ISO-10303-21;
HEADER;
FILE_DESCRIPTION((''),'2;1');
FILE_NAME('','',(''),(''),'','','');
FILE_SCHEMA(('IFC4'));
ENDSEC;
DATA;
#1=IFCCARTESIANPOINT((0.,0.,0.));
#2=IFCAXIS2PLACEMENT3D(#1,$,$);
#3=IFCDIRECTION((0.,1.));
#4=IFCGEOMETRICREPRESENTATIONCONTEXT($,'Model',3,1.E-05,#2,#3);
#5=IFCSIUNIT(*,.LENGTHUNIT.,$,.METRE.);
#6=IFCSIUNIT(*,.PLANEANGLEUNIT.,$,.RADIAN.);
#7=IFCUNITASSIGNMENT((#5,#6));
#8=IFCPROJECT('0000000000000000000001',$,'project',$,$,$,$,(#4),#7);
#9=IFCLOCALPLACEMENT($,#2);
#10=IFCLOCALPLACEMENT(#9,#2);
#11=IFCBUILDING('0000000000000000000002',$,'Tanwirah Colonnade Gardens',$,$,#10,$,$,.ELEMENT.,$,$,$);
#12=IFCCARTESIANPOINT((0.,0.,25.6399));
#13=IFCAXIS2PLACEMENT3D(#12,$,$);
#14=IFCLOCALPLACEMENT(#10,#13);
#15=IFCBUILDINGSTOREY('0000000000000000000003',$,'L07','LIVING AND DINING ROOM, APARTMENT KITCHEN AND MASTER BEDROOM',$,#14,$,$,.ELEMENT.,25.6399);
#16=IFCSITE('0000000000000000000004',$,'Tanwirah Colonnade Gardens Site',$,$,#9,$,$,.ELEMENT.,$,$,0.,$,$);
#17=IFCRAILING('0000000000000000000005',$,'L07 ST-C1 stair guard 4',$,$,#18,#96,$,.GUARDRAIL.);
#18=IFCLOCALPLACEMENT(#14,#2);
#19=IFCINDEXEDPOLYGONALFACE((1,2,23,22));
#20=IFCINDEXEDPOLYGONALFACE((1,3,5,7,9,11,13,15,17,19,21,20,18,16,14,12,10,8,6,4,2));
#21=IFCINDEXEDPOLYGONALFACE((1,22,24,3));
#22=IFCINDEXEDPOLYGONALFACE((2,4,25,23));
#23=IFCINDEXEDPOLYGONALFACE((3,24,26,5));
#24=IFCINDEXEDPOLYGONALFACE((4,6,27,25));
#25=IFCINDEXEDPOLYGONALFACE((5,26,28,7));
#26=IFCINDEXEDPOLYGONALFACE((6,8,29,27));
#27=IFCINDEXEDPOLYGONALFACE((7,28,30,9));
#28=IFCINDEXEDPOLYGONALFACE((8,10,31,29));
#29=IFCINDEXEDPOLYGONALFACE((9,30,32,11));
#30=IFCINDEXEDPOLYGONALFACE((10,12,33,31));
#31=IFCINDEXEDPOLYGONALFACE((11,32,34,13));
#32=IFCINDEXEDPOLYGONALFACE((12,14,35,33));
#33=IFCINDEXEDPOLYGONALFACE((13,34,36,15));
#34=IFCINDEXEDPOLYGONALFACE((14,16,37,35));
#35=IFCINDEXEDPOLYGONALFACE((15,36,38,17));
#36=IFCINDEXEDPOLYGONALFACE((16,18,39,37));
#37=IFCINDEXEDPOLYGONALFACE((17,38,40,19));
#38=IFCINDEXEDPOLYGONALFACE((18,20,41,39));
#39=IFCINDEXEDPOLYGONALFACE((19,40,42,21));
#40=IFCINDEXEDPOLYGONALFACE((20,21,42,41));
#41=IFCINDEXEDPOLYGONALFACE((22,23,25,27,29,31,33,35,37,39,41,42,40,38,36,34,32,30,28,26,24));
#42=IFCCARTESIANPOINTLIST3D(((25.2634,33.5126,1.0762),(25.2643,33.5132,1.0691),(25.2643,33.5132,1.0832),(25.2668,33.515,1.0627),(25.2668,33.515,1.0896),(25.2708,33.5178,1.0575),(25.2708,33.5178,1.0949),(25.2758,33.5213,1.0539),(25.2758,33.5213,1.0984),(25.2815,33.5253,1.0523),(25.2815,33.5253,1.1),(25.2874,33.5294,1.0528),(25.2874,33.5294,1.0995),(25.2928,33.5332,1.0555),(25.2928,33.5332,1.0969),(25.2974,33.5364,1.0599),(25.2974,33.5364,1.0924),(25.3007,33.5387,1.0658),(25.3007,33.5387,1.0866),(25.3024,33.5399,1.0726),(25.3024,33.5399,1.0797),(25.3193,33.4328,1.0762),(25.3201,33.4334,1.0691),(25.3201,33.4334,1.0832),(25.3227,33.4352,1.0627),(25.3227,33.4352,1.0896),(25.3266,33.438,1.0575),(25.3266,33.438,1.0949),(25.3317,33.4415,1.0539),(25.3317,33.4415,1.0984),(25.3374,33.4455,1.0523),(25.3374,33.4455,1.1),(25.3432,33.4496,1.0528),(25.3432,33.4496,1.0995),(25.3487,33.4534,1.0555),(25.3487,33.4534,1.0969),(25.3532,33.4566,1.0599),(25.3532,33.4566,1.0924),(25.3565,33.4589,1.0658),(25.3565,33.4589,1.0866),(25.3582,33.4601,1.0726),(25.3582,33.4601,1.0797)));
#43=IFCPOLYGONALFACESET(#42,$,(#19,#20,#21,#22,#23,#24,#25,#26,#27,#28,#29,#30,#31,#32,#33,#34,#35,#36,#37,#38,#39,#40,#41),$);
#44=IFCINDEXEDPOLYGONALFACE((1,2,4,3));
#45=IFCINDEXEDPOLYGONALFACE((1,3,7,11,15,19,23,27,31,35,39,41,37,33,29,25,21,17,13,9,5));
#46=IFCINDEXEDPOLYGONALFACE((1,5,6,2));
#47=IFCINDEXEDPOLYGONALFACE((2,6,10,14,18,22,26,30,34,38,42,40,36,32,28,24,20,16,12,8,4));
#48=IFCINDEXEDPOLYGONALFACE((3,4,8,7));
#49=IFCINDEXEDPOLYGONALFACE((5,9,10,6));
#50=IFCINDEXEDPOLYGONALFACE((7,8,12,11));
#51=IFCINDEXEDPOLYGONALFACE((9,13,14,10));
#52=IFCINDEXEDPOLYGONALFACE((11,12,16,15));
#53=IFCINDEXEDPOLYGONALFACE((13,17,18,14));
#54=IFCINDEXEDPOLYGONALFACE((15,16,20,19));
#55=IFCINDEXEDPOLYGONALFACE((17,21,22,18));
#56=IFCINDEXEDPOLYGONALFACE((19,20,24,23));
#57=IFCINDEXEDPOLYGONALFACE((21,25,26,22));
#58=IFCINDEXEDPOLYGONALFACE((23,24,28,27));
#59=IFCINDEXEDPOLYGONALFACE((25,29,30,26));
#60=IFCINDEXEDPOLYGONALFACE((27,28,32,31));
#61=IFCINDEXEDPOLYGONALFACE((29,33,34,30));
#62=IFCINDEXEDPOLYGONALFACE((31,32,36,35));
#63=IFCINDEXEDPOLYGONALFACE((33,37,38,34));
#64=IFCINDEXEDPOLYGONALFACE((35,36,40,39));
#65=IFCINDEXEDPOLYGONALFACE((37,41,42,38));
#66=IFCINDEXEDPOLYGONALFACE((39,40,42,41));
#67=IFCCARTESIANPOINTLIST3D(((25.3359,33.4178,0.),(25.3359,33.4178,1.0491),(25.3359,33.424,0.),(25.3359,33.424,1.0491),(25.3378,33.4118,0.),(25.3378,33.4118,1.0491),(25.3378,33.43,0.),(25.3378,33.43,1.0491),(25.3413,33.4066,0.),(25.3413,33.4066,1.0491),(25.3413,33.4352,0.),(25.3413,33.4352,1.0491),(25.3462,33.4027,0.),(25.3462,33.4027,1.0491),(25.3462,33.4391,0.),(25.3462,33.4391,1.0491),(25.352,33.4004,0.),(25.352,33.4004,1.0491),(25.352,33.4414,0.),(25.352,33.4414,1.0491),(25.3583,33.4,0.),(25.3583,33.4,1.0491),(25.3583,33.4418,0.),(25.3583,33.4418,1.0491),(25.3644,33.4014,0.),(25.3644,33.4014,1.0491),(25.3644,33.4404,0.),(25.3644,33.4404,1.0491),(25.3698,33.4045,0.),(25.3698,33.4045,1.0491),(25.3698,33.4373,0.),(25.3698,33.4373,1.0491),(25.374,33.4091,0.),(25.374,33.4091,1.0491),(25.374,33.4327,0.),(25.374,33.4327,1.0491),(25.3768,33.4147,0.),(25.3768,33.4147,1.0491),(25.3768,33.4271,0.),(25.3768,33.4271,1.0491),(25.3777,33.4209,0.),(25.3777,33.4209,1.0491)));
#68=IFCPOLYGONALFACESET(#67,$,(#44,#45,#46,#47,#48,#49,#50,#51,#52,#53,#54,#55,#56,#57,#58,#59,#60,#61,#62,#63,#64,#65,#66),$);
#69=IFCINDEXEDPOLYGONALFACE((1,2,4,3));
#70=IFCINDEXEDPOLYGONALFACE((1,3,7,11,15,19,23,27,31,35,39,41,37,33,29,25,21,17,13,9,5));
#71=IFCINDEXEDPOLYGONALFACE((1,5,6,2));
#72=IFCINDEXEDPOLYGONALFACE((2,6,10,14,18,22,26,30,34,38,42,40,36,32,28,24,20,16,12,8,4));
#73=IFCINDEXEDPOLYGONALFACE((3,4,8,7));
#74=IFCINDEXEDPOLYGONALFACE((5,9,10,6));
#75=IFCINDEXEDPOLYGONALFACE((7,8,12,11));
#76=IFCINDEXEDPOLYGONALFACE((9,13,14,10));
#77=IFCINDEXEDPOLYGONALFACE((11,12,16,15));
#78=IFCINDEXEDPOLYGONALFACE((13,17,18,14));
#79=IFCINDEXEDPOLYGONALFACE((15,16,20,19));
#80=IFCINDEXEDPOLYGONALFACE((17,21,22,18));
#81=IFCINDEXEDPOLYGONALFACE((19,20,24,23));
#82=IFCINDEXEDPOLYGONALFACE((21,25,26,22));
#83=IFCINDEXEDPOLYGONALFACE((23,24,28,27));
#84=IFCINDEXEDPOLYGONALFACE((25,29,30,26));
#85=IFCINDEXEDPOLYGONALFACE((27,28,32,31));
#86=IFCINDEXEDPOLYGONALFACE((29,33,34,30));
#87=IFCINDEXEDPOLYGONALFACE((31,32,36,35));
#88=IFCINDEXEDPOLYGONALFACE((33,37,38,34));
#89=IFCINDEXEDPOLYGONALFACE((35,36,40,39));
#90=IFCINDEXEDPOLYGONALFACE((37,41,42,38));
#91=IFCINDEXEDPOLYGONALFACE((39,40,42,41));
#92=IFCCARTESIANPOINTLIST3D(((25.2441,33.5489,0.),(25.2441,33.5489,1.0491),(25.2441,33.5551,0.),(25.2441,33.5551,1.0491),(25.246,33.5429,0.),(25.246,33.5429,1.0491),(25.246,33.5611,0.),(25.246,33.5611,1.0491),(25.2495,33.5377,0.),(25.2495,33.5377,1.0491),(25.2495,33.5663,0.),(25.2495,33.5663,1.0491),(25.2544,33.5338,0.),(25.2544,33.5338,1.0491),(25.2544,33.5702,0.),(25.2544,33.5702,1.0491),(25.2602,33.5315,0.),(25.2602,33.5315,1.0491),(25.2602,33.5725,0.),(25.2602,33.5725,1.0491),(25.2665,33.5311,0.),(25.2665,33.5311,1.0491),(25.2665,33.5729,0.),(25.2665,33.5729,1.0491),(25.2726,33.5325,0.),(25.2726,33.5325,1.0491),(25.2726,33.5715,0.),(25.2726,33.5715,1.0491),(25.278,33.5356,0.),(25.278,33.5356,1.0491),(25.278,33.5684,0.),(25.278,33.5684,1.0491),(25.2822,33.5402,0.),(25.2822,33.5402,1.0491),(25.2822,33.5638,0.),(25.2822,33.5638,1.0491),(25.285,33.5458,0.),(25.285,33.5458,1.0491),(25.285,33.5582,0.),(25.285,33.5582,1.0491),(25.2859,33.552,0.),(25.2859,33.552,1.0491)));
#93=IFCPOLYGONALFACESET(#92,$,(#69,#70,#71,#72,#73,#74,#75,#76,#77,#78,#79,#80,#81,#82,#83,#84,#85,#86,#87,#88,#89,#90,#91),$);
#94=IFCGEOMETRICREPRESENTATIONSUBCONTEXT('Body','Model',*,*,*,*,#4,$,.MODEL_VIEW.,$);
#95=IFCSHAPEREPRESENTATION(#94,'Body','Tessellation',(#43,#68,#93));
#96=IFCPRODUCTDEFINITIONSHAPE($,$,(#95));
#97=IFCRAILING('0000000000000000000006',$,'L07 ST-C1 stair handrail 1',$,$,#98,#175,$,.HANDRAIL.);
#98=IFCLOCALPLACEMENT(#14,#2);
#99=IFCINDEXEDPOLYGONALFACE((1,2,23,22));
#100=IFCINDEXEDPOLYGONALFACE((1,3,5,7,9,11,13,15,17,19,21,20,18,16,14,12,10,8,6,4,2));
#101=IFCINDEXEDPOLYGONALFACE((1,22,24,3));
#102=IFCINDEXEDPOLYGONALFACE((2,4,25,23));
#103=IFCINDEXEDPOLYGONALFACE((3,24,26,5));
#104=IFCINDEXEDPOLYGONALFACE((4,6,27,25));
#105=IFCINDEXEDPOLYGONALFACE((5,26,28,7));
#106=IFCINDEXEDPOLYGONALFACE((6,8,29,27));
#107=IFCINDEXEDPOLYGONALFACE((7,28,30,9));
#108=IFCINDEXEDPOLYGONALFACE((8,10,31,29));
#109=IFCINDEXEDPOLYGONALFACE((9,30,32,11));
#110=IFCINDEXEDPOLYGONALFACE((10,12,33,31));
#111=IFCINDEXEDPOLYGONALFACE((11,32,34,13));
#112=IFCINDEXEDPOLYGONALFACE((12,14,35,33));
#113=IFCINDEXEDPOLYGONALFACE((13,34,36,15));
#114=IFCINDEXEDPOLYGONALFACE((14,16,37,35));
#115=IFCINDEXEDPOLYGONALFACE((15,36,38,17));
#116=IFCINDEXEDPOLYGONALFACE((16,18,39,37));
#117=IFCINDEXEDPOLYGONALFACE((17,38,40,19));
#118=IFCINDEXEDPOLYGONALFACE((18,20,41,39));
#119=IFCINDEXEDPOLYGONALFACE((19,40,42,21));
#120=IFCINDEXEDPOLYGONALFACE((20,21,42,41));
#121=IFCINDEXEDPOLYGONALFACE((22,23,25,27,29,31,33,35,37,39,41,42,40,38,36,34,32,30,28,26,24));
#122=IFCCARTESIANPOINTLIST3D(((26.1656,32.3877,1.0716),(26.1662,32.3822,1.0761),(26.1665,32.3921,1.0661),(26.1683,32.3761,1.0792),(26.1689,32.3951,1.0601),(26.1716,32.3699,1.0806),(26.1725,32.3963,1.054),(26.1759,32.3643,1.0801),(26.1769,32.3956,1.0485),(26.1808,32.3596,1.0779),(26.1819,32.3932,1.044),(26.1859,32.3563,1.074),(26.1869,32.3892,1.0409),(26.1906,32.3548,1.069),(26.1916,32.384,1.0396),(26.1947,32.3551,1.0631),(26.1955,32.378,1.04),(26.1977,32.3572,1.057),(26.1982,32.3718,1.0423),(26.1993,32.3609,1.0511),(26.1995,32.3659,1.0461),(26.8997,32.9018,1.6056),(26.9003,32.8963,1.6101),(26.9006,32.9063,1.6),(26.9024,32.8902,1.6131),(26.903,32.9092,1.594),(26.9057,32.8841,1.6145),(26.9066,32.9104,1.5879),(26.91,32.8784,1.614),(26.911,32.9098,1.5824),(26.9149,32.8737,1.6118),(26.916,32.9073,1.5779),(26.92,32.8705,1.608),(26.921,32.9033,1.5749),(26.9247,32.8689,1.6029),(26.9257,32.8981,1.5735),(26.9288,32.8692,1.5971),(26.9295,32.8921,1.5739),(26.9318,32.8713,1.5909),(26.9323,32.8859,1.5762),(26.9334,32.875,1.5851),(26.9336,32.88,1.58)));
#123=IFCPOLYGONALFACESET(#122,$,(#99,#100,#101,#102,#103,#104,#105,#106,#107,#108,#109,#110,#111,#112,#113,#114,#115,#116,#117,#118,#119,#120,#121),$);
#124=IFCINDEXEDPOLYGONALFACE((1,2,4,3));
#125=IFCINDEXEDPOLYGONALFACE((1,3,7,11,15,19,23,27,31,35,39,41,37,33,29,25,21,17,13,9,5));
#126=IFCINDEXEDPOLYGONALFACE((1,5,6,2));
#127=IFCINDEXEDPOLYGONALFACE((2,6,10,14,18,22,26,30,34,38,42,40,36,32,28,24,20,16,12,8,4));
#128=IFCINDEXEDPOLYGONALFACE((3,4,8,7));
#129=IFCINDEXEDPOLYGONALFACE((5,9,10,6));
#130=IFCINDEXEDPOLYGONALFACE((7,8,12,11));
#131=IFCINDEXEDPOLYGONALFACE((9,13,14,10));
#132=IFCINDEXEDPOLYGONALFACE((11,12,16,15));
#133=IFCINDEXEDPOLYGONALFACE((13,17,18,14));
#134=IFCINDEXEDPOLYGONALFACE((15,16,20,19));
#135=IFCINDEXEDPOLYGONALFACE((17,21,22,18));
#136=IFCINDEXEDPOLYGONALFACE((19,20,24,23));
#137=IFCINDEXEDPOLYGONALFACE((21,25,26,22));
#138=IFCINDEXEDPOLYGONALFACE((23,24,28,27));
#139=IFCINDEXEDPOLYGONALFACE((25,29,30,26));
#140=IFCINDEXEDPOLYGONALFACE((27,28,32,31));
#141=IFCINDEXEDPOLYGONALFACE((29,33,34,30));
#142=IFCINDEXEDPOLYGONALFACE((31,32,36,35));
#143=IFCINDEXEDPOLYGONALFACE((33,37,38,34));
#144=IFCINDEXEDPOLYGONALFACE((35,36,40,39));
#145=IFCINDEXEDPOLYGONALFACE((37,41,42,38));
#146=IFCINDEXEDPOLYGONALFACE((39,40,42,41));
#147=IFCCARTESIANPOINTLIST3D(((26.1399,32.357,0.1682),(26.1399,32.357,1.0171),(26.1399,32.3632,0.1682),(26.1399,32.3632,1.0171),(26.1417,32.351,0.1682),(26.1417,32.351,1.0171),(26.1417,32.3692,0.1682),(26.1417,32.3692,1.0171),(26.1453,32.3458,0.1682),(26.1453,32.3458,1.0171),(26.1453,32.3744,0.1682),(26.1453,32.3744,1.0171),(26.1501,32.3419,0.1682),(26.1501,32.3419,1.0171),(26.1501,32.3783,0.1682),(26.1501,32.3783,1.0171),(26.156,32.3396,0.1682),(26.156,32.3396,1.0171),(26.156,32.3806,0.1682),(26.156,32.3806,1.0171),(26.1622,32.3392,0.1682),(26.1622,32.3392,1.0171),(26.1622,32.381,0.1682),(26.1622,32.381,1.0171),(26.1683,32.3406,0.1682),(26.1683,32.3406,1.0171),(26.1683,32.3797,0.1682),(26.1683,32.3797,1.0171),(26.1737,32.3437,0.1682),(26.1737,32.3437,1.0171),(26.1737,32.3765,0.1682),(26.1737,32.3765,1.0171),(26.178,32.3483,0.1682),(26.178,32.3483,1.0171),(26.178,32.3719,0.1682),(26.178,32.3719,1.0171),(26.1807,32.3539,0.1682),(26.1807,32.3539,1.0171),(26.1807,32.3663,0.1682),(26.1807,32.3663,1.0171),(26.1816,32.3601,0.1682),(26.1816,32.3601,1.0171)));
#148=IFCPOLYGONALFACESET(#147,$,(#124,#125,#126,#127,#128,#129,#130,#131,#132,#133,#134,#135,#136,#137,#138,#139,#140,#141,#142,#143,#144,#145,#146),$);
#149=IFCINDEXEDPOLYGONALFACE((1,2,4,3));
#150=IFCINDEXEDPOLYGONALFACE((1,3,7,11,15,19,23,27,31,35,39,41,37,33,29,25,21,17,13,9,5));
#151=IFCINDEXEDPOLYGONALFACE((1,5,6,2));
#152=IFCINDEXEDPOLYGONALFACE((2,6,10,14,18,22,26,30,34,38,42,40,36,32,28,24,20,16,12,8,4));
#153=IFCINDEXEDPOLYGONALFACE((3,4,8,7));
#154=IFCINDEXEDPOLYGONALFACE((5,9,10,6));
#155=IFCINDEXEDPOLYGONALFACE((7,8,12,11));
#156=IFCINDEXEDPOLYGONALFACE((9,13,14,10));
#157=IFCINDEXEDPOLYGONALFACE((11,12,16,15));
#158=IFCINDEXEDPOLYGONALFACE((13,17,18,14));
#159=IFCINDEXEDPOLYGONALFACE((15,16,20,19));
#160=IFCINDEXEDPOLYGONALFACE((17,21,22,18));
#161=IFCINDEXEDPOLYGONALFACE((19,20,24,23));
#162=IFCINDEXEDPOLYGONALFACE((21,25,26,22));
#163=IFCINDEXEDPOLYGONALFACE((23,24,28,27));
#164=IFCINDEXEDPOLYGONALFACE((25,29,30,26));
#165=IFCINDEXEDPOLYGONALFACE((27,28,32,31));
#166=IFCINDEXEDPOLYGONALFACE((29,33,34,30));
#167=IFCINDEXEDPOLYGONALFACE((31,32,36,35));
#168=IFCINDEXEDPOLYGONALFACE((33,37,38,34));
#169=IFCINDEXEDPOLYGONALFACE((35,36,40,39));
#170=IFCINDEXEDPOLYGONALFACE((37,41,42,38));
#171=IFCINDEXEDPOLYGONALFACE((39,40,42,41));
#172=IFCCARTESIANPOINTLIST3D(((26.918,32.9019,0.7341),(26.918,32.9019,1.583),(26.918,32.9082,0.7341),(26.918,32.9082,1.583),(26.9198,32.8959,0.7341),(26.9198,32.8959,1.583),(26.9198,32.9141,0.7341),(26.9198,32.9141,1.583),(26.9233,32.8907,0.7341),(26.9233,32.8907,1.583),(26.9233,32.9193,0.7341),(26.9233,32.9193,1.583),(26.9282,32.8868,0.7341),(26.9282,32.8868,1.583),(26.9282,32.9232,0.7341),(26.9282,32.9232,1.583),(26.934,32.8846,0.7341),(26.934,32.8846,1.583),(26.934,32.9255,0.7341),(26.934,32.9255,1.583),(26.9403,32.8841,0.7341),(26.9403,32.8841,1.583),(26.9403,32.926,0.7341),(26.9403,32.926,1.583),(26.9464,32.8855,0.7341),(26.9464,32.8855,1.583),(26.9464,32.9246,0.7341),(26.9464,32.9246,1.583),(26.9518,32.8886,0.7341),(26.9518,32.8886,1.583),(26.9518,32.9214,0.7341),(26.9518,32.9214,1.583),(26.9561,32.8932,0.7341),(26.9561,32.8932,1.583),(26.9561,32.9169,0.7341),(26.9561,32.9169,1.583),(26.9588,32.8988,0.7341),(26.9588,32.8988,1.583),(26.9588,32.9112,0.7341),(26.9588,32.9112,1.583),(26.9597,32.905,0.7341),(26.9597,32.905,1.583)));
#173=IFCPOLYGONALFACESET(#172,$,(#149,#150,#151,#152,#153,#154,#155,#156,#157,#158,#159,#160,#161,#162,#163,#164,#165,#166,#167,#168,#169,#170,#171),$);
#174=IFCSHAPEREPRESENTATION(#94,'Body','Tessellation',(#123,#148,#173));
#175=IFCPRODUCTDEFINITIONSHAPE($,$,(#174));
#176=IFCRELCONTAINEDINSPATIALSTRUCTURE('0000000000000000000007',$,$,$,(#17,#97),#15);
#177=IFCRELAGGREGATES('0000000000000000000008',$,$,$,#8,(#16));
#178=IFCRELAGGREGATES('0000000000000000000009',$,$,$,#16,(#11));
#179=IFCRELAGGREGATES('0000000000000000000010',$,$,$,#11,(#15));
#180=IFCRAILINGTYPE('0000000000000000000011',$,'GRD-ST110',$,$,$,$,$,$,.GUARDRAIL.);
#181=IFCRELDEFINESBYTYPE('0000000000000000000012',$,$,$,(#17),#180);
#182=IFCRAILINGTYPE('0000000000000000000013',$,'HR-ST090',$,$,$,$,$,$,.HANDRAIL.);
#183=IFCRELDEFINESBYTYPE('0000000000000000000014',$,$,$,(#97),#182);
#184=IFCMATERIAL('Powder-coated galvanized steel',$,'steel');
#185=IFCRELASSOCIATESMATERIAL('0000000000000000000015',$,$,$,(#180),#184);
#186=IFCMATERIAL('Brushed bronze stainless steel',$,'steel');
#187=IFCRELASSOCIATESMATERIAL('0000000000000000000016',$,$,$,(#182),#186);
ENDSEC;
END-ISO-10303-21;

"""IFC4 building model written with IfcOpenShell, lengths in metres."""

from ifc_helpers import new_model, si_unit, direction, frame, origin, origin_2d, place, context, subcontext, project, spatial, circle, extrude, material, type_object, element, save


model = new_model("IFC4")

# Units and contexts
model_context = context("Model", 3, precision=1e-05, world=origin(), true_north=direction((0.0, 1.0)))
body_context = subcontext(model_context, "Body", "Model", "MODEL_VIEW")
ifc_project = project(units=[si_unit("LENGTHUNIT", "METRE"), si_unit("PLANEANGLEUNIT", "RADIAN")], contexts=[model_context])

# Site, building, storey
site_placement = place(None, origin())
site = spatial("IfcSite", under=ifc_project, at=site_placement, Name="Tanwirah Colonnade Gardens Site", CompositionType="ELEMENT", RefElevation=0.0)
building_placement = place(site_placement, origin())
building = spatial("IfcBuilding", under=site, at=building_placement, Name="Tanwirah Colonnade Gardens", CompositionType="ELEMENT")
storey_placement = place(building_placement, frame((0.0, 0.0, 25.6399)))
storey = spatial("IfcBuildingStorey", under=building, at=storey_placement, Name="L07", Description="LIVING AND DINING ROOM, APARTMENT KITCHEN AND MASTER BEDROOM", CompositionType="ELEMENT", Elevation=25.6399)

# Railings
ifc_material_1 = material(Name="Powder-coated galvanized steel", Category="steel")
railing_type_1 = type_object("IfcRailingType", Name="GRD-ST110", PredefinedType="GUARDRAIL", material=ifc_material_1)
railing_1_placement = place(storey_placement, frame((25.3567, 33.4209, 0.0)))
element("IfcRailing", 1, at=railing_1_placement, inside=storey, type_object=railing_type_1, Name="L07 ST-C1 stair guard 4", PredefinedType="GUARDRAIL", context=body_context, shape_type="SweptSolid", body=[
    extrude(circle(Radius=0.0239, at=origin_2d()), frame((-0.0178, 0.0256, 1.0762), z_axis=(-0.573565, 0.81916, 0.0), x_axis=(-0.81916, -0.573565, 0.0)), (0.0, 0.0, 1.0), 0.0974),
    extrude(circle(Radius=0.021, at=origin_2d()), origin(), (0.0, 0.0, 1.0), 1.0491),
    extrude(circle(Radius=0.021, at=origin_2d()), frame((-0.0918, 0.1311, 0.0)), (0.0, 0.0, 1.0), 1.0491),
])
ifc_material_2 = material(Name="Brushed bronze stainless steel", Category="steel")
railing_type_2 = type_object("IfcRailingType", Name="HR-ST090", PredefinedType="HANDRAIL", material=ifc_material_2)
railing_2_placement = place(storey_placement, frame((26.1606, 32.3601, 0.1682)))
element("IfcRailing", 2, at=railing_2_placement, inside=storey, type_object=railing_type_2, Name="L07 ST-C1 stair handrail 1", PredefinedType="HANDRAIL", context=body_context, shape_type="SweptSolid", body=[
    extrude(circle(Radius=0.0239, at=origin_2d()), frame((0.022, 0.0154, 0.8918), z_axis=(0.703686, 0.492823, 0.511812), x_axis=(-0.573652, 0.819099, 0.0)), (0.0, 0.0, 1.0), 1.0432),
    extrude(circle(Radius=0.021, at=origin_2d()), origin(), (0.0, 0.0, 1.0), 0.8489),
    extrude(circle(Radius=0.021, at=origin_2d()), frame((0.7781, 0.5449, 0.5659)), (0.0, 0.0, 1.0), 0.8489),
])

save(model, "model.ifc")
